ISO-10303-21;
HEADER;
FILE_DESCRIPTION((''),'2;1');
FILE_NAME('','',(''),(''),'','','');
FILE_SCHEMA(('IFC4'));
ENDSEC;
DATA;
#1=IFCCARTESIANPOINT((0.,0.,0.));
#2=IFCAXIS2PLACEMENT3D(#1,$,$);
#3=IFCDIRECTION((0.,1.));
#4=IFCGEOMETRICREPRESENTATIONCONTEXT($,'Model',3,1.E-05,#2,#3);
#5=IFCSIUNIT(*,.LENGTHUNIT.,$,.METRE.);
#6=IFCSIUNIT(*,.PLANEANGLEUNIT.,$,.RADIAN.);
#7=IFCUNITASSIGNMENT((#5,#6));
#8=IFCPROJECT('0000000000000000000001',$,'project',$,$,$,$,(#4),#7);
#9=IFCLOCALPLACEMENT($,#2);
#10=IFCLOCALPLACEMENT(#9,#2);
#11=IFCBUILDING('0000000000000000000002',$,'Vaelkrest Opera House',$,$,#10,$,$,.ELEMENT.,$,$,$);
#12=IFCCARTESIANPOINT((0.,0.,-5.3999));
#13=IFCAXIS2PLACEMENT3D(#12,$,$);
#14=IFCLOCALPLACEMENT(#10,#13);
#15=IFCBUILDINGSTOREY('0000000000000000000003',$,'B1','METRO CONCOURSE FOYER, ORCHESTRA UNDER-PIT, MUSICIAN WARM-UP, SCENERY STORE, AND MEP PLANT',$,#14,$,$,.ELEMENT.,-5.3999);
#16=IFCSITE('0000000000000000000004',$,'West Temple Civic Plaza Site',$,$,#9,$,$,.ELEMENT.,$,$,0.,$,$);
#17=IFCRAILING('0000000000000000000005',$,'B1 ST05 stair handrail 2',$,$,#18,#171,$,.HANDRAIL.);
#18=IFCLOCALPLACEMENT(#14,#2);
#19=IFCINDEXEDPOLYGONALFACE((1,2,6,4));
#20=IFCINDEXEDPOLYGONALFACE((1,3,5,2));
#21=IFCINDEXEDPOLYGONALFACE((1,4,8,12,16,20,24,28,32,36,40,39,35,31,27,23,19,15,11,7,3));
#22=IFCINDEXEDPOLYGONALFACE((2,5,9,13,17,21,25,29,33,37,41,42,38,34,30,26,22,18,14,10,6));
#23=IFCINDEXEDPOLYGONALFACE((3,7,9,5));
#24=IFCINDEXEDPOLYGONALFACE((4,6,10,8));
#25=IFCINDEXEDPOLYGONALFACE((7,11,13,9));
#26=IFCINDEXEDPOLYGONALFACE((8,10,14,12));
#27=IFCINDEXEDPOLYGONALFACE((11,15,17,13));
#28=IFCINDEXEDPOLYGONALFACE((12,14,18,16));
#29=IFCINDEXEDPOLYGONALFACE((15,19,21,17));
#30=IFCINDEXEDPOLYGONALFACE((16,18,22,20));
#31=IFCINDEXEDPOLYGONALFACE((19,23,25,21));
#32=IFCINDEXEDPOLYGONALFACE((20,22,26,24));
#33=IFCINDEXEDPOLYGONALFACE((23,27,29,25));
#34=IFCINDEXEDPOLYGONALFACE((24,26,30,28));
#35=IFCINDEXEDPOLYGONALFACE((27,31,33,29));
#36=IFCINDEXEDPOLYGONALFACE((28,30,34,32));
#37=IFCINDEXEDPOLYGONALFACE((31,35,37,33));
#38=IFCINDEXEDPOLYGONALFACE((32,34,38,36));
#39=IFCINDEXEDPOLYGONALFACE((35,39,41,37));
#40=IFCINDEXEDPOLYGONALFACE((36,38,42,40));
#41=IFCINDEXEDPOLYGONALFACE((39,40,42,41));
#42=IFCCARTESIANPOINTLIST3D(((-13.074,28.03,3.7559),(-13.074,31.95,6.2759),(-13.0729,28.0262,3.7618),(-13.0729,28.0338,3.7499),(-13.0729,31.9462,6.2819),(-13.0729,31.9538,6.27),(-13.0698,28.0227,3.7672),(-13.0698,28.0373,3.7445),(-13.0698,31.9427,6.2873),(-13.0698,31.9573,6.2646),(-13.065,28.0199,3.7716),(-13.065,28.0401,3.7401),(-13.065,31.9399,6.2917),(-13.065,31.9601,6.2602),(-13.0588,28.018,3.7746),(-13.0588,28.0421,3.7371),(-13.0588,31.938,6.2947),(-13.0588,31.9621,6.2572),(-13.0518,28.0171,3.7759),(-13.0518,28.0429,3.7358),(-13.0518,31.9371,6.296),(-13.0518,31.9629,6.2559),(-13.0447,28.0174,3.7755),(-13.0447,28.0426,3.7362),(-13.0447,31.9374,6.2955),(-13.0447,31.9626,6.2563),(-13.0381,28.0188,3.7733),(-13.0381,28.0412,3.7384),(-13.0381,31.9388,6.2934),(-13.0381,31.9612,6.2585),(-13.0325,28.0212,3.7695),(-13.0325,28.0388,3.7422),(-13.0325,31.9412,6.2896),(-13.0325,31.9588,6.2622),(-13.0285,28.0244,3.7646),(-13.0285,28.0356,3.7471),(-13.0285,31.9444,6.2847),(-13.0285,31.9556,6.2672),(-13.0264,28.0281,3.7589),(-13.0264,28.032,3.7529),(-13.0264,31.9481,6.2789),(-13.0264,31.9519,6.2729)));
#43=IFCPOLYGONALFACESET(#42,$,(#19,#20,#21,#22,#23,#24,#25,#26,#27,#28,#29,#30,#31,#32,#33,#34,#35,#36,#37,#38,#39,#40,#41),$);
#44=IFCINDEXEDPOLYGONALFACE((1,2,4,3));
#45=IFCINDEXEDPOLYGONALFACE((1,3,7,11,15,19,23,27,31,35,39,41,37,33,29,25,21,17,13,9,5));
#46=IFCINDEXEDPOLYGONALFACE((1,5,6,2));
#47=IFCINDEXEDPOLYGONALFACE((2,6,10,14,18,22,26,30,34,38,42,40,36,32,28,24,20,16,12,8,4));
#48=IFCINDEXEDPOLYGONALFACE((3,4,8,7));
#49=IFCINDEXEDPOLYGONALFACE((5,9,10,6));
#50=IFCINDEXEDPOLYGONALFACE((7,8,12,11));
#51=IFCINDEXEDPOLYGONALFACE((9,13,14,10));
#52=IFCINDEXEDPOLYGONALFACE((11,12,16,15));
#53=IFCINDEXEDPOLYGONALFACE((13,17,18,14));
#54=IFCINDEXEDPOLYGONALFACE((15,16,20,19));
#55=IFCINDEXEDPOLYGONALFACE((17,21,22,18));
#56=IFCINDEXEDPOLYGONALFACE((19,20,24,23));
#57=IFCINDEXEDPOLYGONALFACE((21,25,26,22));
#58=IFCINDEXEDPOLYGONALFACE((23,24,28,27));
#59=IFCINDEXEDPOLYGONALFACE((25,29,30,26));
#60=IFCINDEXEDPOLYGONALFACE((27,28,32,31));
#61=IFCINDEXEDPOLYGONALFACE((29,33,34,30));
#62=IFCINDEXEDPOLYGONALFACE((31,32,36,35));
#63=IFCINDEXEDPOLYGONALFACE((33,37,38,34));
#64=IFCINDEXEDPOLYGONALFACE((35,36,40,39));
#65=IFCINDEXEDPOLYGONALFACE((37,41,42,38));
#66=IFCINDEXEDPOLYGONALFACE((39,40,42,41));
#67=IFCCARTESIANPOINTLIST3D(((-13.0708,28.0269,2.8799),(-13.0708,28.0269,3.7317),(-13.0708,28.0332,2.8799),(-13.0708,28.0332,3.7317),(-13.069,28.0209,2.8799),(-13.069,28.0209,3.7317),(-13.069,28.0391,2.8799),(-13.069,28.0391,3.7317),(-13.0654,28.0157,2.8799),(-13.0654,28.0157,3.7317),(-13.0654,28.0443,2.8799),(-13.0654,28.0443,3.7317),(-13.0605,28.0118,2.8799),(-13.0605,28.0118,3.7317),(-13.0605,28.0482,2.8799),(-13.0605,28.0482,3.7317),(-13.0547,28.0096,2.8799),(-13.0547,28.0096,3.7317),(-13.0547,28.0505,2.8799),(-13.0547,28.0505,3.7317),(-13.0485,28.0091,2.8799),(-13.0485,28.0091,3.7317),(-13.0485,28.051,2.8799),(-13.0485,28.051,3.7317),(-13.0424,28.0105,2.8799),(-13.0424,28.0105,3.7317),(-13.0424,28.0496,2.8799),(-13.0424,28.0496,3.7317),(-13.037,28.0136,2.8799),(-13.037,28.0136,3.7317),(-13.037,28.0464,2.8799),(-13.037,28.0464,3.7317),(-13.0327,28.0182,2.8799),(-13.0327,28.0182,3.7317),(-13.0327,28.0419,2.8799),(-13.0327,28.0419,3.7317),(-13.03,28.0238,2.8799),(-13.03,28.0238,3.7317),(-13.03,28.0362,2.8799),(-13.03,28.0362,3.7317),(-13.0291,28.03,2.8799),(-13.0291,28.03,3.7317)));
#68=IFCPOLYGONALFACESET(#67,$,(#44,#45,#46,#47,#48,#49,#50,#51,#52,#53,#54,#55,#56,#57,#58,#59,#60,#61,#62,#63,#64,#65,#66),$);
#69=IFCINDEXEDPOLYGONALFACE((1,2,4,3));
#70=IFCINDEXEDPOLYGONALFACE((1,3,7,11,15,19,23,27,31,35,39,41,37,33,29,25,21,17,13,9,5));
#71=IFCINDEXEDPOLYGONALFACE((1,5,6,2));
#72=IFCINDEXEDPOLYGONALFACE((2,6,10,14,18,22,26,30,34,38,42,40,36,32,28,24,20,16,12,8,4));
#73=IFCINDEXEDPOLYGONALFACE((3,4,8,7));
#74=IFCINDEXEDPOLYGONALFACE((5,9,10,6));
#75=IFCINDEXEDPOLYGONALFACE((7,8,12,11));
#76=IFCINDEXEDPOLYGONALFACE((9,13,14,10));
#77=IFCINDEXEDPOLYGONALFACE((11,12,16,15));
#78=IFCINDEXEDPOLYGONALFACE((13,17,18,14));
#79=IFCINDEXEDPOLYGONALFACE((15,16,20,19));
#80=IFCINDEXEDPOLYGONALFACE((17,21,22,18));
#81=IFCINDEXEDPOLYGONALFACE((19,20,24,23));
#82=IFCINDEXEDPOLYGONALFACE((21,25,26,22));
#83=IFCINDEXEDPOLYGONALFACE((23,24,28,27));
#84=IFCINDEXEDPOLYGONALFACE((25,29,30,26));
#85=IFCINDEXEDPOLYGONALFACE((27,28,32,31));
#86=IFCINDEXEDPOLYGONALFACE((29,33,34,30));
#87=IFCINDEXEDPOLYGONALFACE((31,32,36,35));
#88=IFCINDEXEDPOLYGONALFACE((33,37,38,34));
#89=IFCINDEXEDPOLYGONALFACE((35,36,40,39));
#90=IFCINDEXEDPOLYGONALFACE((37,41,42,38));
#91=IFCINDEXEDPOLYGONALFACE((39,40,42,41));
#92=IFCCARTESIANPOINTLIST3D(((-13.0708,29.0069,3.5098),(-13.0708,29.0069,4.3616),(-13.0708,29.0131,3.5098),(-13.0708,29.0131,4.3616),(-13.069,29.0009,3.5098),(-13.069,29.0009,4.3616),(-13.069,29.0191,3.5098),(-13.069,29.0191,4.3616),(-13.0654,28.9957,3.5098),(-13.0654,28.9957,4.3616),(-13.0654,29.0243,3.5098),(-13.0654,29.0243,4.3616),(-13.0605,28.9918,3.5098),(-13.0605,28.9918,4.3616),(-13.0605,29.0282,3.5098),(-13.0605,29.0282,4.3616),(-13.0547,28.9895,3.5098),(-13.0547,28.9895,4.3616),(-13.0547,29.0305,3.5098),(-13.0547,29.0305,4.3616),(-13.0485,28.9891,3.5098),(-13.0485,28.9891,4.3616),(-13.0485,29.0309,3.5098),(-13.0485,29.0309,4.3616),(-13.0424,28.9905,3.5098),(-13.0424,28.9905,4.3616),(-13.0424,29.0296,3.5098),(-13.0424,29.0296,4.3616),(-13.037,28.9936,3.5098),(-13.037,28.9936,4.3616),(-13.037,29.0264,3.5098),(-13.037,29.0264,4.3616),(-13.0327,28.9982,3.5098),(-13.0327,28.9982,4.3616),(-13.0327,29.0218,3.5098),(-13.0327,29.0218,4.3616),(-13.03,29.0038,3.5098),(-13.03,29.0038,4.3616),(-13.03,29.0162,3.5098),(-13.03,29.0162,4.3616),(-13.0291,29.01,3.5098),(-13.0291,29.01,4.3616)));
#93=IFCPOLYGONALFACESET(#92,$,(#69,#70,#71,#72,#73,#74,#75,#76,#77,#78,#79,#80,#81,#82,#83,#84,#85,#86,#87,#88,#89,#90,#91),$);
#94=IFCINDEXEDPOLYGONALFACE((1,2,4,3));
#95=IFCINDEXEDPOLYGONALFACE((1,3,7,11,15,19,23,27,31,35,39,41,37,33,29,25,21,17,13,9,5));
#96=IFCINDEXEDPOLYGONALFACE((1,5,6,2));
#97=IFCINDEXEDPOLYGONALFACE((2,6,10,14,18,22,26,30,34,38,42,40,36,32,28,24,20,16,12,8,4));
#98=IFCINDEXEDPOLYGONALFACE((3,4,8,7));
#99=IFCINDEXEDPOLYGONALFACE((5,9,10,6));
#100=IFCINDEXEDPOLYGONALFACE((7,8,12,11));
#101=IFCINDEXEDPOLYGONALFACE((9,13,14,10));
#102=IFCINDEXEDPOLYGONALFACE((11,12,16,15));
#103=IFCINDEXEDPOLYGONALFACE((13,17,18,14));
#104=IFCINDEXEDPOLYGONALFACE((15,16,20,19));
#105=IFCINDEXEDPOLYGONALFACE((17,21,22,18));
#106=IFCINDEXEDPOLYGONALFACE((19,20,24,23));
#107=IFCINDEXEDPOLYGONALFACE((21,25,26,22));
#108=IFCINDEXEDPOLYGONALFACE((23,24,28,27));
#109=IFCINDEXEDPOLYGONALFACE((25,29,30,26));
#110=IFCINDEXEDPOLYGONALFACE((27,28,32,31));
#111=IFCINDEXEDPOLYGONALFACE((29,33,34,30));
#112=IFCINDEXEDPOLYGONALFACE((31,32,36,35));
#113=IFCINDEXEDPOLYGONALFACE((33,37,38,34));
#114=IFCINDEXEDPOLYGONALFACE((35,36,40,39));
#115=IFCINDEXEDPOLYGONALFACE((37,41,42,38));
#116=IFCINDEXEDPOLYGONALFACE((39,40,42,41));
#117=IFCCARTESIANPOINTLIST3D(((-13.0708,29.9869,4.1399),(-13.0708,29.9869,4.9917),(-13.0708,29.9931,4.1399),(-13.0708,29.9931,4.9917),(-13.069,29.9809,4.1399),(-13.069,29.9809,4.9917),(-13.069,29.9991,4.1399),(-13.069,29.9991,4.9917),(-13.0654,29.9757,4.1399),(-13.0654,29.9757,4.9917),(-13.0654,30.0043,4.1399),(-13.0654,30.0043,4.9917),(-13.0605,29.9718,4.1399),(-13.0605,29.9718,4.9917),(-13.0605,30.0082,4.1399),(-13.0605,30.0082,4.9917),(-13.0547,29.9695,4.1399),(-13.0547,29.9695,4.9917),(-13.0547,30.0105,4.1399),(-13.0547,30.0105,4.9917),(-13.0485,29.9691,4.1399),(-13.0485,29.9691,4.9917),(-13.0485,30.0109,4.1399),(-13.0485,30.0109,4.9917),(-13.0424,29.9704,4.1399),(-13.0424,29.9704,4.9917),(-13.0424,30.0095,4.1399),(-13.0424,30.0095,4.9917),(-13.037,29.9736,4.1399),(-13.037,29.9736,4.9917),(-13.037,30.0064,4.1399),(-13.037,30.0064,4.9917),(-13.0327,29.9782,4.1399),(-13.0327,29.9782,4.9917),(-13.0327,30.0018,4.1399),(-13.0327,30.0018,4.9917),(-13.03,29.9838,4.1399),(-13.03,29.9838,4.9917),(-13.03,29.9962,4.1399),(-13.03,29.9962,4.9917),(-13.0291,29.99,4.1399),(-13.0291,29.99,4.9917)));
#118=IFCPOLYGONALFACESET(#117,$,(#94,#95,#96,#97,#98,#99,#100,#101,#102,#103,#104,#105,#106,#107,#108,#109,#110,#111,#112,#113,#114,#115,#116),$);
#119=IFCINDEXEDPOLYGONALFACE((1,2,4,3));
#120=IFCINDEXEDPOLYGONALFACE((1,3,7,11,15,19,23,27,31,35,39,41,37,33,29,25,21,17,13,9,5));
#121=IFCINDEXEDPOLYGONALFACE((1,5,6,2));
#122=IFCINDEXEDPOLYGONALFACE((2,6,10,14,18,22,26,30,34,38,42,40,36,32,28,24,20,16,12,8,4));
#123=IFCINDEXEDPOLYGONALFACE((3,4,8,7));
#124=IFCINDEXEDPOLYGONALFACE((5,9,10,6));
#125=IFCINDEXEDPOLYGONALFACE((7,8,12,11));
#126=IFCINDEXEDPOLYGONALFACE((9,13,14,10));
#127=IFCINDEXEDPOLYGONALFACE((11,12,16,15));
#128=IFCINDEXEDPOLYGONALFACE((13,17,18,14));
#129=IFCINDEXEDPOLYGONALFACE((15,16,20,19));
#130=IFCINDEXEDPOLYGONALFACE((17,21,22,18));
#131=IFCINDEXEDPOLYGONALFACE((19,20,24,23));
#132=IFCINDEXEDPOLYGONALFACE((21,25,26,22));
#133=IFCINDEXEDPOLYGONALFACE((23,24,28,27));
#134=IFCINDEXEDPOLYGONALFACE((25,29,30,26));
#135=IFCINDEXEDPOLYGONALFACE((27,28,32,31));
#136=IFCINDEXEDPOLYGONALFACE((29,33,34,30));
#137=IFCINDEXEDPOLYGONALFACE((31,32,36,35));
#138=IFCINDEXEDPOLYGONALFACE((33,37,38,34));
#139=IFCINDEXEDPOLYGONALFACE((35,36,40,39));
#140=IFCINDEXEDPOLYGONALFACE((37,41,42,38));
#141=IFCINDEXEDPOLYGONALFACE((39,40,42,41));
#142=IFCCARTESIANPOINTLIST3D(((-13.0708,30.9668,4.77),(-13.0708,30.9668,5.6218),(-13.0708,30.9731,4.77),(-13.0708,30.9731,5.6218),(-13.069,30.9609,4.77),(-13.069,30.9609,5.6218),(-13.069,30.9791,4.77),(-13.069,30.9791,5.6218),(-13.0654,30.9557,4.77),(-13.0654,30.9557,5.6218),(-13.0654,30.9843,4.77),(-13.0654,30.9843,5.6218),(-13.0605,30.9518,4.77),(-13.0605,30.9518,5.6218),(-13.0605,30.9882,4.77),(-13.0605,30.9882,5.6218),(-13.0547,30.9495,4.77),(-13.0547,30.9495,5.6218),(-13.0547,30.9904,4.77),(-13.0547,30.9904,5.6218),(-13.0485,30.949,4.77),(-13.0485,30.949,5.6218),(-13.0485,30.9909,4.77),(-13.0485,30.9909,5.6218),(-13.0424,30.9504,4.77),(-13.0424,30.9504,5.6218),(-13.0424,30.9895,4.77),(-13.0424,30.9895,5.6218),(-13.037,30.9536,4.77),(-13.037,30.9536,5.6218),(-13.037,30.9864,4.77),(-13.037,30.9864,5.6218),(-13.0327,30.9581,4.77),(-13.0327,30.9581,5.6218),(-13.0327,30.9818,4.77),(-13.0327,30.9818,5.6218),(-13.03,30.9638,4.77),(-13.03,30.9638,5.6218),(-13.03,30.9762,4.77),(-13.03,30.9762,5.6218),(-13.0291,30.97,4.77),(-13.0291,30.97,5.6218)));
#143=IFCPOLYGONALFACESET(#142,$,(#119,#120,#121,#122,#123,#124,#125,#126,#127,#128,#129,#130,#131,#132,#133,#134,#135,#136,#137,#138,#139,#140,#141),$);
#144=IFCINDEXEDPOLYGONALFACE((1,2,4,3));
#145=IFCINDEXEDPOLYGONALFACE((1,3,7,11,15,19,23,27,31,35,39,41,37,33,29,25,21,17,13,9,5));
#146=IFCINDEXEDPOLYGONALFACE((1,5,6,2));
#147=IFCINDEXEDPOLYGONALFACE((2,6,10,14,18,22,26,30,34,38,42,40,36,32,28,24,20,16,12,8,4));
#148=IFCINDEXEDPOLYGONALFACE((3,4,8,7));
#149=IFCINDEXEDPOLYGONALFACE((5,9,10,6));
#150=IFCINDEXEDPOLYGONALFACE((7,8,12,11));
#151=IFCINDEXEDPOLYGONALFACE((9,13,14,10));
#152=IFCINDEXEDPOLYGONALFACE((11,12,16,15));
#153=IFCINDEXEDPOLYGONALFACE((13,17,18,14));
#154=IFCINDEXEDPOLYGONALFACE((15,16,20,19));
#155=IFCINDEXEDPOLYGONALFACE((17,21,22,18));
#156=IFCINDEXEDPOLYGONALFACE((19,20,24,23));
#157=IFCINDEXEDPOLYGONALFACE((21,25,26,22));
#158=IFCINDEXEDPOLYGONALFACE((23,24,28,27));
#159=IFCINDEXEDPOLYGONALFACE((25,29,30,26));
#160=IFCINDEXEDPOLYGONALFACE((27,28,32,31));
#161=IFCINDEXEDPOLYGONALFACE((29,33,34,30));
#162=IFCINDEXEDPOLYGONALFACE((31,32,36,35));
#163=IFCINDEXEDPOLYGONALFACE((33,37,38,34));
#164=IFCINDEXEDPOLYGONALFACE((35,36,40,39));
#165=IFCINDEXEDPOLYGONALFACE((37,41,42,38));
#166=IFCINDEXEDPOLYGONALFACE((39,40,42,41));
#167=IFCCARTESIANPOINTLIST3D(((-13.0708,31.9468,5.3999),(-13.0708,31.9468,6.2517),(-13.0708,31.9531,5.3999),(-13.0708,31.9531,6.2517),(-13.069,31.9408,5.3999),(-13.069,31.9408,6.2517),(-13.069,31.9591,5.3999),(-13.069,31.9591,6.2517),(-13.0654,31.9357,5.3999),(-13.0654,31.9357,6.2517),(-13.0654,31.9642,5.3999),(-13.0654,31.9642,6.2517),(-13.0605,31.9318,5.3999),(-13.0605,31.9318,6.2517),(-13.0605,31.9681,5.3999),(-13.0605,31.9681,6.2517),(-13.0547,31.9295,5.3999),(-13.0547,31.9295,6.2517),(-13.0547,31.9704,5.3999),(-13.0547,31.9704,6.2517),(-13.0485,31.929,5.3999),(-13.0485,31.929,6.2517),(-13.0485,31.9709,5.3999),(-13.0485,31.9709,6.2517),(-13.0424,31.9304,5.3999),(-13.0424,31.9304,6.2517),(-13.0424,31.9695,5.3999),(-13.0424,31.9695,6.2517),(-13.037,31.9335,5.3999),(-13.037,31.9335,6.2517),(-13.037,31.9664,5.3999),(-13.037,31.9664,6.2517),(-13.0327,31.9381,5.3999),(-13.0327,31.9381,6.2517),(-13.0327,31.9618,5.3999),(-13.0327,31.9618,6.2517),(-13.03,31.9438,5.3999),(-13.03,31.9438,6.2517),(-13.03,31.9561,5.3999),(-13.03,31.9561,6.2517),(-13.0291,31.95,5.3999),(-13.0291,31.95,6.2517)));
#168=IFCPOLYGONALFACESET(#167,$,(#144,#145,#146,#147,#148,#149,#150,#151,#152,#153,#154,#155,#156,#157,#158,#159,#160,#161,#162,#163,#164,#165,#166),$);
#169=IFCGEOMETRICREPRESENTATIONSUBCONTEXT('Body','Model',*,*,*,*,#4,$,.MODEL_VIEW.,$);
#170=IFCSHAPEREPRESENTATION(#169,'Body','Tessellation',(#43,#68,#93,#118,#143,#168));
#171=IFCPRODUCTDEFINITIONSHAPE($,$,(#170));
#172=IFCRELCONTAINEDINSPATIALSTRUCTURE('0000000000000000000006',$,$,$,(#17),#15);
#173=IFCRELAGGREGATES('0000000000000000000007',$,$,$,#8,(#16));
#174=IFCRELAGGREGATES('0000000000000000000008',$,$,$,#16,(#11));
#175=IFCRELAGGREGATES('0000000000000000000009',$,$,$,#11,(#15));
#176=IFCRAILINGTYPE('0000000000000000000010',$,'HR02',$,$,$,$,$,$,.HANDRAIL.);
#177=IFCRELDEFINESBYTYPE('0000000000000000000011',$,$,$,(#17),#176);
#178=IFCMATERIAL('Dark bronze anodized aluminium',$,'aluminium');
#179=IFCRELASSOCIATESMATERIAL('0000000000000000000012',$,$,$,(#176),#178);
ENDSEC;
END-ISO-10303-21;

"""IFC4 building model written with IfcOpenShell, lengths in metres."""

from ifc_helpers import new_model, si_unit, direction, frame, origin, origin_2d, place, context, subcontext, project, spatial, circle, extrude, material, type_object, element, save


model = new_model("IFC4")

# Units and contexts
model_context = context("Model", 3, precision=1e-05, world=origin(), true_north=direction((0.0, 1.0)))
body_context = subcontext(model_context, "Body", "Model", "MODEL_VIEW")
ifc_project = project(units=[si_unit("LENGTHUNIT", "METRE"), si_unit("PLANEANGLEUNIT", "RADIAN")], contexts=[model_context])

# Site, building, storey
site_placement = place(None, origin())
site = spatial("IfcSite", under=ifc_project, at=site_placement, Name="West Temple Civic Plaza Site", CompositionType="ELEMENT", RefElevation=0.0)
building_placement = place(site_placement, origin())
building = spatial("IfcBuilding", under=site, at=building_placement, Name="Vaelkrest Opera House", CompositionType="ELEMENT")
storey_placement = place(building_placement, frame((0.0, 0.0, -5.3999)))
storey = spatial("IfcBuildingStorey", under=building, at=storey_placement, Name="B1", Description="METRO CONCOURSE FOYER, ORCHESTRA UNDER-PIT, MUSICIAN WARM-UP, SCENERY STORE, AND MEP PLANT", CompositionType="ELEMENT", Elevation=-5.3999)

# Railing
ifc_material_1 = material(Name="Dark bronze anodized aluminium", Category="aluminium")
railing_type_1 = type_object("IfcRailingType", Name="HR02", PredefinedType="HANDRAIL", material=ifc_material_1)
railing_1_placement = place(storey_placement, frame((-13.05, 28.03, 2.8799)))
element("IfcRailing", 1, at=railing_1_placement, inside=storey, type_object=railing_type_1, Name="B1 ST05 stair handrail 2", PredefinedType="HANDRAIL", context=body_context, shape_type="SweptSolid", body=[
    extrude(circle(Radius=0.0239, at=origin_2d()), frame((0.0, 0.0, 0.876), z_axis=(0.0, 0.841172, 0.540768), x_axis=(-1.0, 0.0, 0.0)), (0.0, 0.0, 1.0), 4.6602),
    extrude(circle(Radius=0.021, at=origin_2d()), origin(), (0.0, 0.0, 1.0), 0.8518),
    extrude(circle(Radius=0.021, at=origin_2d()), frame((0.0, 0.98, 0.6299)), (0.0, 0.0, 1.0), 0.8518),
    extrude(circle(Radius=0.021, at=origin_2d()), frame((0.0, 1.96, 1.26)), (0.0, 0.0, 1.0), 0.8518),
    extrude(circle(Radius=0.021, at=origin_2d()), frame((0.0, 2.9399, 1.8901)), (0.0, 0.0, 1.0), 0.8518),
    extrude(circle(Radius=0.021, at=origin_2d()), frame((0.0, 3.9199, 2.52)), (0.0, 0.0, 1.0), 0.8518),
])

save(model, "model.ifc")
